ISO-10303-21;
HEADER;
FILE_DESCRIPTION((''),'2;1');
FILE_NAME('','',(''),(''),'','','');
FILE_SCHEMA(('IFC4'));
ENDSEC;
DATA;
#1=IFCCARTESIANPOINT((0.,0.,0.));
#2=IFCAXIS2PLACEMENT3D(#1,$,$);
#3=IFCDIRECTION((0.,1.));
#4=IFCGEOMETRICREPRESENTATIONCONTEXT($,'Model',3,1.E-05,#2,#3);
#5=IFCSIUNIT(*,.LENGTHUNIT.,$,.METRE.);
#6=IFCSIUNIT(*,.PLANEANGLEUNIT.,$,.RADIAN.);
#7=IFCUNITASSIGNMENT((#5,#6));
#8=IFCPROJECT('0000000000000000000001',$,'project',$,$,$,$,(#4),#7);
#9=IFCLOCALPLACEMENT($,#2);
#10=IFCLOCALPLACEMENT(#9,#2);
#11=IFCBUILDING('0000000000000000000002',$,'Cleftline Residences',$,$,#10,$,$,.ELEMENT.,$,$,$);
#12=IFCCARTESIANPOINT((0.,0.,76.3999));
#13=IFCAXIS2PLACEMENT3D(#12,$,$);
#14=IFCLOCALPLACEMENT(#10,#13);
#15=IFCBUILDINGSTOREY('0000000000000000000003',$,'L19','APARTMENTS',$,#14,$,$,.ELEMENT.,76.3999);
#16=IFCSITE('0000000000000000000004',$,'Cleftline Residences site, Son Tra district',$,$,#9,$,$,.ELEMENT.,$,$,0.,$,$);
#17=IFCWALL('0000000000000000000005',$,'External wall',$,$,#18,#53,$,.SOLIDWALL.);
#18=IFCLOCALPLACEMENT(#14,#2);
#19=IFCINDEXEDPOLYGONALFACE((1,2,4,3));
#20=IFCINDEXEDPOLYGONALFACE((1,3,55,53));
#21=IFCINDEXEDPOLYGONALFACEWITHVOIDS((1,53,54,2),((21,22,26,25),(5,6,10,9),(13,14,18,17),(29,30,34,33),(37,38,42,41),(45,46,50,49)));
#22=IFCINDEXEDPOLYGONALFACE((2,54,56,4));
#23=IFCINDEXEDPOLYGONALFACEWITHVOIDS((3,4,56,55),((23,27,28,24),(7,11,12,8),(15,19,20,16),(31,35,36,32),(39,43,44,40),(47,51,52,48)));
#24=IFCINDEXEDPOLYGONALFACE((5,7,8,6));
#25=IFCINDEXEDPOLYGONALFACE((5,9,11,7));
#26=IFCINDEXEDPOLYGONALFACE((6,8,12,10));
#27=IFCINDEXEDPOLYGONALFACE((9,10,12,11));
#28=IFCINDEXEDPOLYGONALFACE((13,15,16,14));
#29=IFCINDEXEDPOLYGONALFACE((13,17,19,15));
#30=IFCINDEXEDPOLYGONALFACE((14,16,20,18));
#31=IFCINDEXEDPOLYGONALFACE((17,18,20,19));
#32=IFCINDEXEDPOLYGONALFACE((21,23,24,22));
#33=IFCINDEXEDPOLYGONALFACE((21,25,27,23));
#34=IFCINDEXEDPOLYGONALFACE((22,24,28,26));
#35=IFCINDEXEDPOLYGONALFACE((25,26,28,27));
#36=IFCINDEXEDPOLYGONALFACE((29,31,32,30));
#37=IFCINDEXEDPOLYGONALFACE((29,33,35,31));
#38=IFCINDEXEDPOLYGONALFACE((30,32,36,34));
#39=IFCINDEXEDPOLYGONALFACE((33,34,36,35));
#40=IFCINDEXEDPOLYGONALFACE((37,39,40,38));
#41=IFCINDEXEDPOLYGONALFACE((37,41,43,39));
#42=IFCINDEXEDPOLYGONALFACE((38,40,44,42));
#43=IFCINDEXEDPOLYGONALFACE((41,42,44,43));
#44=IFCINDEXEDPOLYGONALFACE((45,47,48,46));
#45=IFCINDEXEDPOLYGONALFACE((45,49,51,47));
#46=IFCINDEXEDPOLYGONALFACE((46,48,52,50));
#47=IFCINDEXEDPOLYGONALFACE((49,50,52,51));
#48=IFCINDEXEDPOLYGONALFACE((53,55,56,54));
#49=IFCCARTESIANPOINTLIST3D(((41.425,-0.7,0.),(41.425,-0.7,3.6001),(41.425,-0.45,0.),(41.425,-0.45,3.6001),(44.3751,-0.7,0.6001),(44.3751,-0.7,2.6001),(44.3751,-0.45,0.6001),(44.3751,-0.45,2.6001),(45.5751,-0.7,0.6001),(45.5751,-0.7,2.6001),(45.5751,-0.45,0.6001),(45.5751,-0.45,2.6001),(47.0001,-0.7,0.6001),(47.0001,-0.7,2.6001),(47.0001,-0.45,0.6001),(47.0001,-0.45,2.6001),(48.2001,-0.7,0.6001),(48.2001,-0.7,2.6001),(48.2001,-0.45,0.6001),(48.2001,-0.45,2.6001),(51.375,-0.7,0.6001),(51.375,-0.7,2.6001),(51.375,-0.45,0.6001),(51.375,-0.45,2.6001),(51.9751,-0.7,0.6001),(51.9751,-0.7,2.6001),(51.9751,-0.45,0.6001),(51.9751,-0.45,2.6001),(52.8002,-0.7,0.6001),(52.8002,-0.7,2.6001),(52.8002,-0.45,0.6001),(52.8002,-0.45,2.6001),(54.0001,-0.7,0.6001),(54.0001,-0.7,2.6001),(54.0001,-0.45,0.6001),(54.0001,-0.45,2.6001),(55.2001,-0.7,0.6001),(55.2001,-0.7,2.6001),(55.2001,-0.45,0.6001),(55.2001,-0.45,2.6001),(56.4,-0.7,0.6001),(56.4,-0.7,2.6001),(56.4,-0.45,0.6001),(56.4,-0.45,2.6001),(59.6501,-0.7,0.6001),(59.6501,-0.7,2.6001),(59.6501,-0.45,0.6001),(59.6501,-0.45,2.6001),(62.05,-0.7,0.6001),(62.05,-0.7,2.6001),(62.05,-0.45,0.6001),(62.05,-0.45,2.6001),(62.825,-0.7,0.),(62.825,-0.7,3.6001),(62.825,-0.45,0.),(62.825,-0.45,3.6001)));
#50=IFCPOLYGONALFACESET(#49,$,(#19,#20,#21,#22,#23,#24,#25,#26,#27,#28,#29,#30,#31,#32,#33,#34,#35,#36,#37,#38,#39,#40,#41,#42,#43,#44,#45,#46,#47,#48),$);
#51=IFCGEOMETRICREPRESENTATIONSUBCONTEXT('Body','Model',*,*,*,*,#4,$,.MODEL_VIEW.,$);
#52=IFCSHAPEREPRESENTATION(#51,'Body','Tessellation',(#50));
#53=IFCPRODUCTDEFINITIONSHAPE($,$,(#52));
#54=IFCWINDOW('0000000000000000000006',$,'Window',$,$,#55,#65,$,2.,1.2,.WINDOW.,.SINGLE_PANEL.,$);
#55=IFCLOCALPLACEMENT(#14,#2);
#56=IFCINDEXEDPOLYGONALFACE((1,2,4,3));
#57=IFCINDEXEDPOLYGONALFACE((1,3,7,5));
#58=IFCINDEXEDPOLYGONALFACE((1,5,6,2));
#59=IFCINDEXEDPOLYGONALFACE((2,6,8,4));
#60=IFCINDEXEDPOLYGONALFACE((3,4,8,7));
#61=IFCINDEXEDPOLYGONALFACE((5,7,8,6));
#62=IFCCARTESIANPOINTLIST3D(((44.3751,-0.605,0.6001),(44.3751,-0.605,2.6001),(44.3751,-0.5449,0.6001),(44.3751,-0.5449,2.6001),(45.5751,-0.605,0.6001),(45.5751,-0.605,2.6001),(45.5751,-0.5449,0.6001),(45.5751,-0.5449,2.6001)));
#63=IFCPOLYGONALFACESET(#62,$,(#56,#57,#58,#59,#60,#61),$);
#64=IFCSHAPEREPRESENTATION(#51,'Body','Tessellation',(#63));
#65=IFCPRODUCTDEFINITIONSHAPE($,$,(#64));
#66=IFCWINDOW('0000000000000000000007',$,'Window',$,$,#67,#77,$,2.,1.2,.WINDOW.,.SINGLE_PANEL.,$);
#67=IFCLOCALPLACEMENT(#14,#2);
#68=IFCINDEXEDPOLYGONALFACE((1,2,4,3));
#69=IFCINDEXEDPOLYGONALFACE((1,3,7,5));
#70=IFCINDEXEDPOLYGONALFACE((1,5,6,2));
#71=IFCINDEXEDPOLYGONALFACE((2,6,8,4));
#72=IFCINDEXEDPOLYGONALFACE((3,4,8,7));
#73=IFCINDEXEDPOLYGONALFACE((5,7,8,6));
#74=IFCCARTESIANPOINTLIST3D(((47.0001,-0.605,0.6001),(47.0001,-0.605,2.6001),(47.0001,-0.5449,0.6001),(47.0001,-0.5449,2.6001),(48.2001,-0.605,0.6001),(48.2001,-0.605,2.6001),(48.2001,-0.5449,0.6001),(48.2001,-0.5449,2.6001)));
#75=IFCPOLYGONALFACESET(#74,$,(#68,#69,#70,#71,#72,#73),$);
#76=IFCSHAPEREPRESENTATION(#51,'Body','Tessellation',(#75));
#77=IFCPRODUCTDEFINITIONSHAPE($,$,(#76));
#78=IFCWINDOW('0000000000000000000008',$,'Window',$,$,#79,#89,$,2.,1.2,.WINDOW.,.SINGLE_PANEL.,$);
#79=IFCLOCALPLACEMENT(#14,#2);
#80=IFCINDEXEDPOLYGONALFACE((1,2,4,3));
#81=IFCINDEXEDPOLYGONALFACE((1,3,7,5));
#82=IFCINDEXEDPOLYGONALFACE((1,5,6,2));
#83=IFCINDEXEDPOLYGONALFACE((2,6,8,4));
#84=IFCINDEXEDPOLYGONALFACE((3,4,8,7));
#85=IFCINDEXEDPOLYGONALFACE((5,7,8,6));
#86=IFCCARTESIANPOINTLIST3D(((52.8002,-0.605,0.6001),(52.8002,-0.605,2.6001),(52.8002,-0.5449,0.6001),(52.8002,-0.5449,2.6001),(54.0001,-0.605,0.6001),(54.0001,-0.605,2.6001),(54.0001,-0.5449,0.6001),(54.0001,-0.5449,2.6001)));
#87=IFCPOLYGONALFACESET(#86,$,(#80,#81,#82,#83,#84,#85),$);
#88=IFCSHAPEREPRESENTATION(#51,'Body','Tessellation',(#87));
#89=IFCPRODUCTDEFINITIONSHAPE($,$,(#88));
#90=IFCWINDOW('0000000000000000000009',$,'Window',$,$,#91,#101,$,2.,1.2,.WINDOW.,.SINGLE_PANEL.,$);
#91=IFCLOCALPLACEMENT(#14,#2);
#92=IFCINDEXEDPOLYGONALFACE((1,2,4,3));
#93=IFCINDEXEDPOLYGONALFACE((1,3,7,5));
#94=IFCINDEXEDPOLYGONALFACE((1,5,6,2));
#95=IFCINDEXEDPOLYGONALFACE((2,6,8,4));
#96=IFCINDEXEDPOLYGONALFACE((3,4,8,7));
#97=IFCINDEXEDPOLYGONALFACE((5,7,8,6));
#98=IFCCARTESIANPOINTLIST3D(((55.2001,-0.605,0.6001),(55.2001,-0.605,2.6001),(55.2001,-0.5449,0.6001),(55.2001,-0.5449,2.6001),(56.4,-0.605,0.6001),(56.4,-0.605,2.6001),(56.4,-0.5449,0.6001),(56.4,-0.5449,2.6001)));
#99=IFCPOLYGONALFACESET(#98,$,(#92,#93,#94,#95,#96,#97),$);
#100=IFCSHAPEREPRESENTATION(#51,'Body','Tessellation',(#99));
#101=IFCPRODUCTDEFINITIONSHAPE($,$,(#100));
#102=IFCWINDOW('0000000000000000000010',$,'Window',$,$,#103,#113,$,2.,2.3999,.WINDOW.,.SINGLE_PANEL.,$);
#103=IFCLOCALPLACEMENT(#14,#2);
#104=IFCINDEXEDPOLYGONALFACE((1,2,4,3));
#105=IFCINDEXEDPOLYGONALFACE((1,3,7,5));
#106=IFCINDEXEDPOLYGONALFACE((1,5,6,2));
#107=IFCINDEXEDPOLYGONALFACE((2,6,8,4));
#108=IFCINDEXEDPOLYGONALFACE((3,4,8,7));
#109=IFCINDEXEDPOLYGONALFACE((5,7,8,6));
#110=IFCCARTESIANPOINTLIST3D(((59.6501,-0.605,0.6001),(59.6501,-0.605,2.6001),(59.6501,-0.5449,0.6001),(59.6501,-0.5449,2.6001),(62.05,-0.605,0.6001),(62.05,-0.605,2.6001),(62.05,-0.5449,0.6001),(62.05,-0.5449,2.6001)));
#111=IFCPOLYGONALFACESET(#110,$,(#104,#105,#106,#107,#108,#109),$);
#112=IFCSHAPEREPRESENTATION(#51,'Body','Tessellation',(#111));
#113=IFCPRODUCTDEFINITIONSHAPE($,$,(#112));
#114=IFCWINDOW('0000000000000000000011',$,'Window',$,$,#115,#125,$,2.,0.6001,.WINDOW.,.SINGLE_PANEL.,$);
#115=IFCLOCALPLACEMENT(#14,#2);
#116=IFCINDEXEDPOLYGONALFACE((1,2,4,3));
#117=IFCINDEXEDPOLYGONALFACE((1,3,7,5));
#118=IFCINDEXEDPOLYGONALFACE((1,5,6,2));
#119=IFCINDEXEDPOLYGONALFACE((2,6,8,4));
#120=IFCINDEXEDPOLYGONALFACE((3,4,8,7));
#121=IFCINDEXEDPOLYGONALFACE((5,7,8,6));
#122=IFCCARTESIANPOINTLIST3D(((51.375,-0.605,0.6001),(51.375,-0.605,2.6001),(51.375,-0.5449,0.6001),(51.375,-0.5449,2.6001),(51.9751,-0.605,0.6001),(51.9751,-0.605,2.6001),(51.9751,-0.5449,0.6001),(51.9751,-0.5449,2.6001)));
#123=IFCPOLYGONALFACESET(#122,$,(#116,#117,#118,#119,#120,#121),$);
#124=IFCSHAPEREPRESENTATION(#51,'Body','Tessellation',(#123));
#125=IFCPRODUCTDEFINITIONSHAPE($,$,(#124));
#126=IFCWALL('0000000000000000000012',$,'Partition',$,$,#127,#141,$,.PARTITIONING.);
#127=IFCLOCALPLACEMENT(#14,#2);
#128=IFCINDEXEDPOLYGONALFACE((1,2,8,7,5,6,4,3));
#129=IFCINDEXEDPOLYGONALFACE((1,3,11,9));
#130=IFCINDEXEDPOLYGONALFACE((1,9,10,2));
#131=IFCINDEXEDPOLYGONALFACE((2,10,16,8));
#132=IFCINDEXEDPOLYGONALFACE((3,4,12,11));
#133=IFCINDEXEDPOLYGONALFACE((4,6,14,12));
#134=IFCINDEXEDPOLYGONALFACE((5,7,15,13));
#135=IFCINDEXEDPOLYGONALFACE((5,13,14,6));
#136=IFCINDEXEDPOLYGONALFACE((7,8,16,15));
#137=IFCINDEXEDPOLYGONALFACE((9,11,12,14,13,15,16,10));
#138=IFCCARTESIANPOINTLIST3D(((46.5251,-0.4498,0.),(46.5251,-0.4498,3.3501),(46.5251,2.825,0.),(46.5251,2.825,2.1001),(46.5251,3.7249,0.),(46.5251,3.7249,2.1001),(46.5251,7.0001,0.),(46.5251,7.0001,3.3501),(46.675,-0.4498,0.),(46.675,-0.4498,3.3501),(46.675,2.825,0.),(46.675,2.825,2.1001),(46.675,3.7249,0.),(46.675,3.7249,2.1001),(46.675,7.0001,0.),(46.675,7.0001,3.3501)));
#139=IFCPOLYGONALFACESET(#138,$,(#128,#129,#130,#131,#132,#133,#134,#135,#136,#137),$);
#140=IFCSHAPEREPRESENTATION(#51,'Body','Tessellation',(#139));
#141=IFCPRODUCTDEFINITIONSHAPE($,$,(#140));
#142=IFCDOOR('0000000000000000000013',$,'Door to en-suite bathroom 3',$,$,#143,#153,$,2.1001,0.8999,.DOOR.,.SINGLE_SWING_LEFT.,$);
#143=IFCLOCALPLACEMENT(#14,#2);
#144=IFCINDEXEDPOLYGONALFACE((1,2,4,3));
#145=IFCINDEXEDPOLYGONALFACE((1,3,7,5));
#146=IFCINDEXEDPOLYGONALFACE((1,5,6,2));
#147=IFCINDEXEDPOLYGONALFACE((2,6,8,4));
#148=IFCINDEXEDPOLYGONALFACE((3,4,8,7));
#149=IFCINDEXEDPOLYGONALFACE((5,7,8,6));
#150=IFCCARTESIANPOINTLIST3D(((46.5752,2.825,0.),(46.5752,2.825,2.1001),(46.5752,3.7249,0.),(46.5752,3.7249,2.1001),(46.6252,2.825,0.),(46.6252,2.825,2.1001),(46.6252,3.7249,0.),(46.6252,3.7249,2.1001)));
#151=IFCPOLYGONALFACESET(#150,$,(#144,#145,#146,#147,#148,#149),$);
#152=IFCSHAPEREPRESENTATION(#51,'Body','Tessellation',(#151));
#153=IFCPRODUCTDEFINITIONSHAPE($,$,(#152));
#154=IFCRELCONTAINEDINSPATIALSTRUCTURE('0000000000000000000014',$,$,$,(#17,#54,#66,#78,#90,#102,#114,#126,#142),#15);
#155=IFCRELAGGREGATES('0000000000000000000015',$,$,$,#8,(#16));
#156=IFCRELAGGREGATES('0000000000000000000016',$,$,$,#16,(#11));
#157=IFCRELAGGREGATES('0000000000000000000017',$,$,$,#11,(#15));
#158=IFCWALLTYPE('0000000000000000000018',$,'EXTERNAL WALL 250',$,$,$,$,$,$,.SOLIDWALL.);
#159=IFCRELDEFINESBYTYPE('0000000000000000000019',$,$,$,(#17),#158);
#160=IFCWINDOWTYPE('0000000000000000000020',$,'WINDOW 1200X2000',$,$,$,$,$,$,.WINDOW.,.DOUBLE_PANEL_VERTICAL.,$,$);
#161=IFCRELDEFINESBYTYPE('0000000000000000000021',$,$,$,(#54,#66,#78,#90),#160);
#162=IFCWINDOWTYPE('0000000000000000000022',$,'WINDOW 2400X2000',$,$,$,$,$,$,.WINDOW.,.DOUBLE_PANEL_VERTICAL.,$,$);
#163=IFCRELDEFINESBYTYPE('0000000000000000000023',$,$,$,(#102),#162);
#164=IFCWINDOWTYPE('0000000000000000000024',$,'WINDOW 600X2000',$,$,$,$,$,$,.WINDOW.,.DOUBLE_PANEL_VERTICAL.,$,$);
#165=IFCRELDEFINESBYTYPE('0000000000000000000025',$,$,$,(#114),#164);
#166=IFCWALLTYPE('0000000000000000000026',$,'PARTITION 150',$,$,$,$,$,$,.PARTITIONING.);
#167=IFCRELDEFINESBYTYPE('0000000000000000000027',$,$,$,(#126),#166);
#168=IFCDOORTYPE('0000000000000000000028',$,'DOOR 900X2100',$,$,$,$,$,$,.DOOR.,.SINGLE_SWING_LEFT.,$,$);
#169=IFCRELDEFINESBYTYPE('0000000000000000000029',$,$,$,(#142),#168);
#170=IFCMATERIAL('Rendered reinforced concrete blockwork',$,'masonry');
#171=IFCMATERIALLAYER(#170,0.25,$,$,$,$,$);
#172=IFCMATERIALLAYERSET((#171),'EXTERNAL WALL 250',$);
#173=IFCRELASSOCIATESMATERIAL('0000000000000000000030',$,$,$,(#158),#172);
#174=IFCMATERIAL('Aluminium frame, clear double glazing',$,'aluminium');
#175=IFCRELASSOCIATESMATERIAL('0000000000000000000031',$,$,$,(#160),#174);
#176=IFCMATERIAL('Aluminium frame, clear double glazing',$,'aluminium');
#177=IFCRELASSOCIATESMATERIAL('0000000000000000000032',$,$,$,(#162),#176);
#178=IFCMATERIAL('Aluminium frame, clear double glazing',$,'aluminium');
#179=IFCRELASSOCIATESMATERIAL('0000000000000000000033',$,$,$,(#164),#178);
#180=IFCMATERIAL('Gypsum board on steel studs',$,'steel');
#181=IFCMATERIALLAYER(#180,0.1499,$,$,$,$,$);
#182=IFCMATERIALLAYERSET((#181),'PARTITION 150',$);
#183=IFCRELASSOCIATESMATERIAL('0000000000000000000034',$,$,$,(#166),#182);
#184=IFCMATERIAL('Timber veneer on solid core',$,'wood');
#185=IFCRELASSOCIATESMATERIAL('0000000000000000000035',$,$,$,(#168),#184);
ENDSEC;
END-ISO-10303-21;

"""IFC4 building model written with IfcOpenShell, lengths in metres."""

from ifc_helpers import new_model, si_unit, direction, frame, frame_2d, origin, place, context, subcontext, project, spatial, rectangle, extrude, material, layer, layer_set, type_object, element, fill, save


model = new_model("IFC4")

# Units and contexts
model_context = context("Model", 3, precision=1e-05, world=origin(), true_north=direction((0.0, 1.0)))
body_context = subcontext(model_context, "Body", "Model", "MODEL_VIEW")
ifc_project = project(units=[si_unit("LENGTHUNIT", "METRE"), si_unit("PLANEANGLEUNIT", "RADIAN")], contexts=[model_context])

# Site, building, storey
site_placement = place(None, origin())
site = spatial("IfcSite", under=ifc_project, at=site_placement, Name="Cleftline Residences site, Son Tra district", CompositionType="ELEMENT", RefElevation=0.0)
building_placement = place(site_placement, origin())
building = spatial("IfcBuilding", under=site, at=building_placement, Name="Cleftline Residences", CompositionType="ELEMENT")
storey_placement = place(building_placement, frame((0.0, 0.0, 76.3999)))
storey = spatial("IfcBuildingStorey", under=building, at=storey_placement, Name="L19", Description="APARTMENTS", CompositionType="ELEMENT", Elevation=76.3999)

# Wall, openings, windows
ifc_material_1 = material(Name="Rendered reinforced concrete blockwork", Category="masonry")
ifc_layer_1 = layer(ifc_material_1, 0.25)
ifc_layer_set_1 = layer_set([ifc_layer_1], Name="EXTERNAL WALL 250")
wall_type_1 = type_object("IfcWallType", Name="EXTERNAL WALL 250", PredefinedType="SOLIDWALL", material=ifc_layer_set_1)
wall_1_placement = place(storey_placement, frame((41.425, -0.575, 0.0), z_axis=(0.0, 0.0, 1.0), x_axis=(1.0, 0.0, 0.0)))
wall_1 = element("IfcWall", 1, at=wall_1_placement, inside=storey, type_object=wall_type_1, Name="External wall", PredefinedType="SOLIDWALL", context=body_context, shape_type="SweptSolid", body=[
    extrude(rectangle(XDim=21.3999, YDim=0.25, at=frame_2d((10.7, 0.0))), origin(), (0.0, 0.0, 1.0), 3.6001),
])
opening_1_placement = place(wall_1_placement, frame((2.95, 0.0, 0.6001)))
opening_1 = element("IfcOpeningElement", 2, at=opening_1_placement, cuts=wall_1, PredefinedType="OPENING", context=body_context, shape_type="SweptSolid", body=[
    extrude(rectangle(XDim=1.2, YDim=2.0, at=frame_2d((0.6001, 1.0))), frame((0.0, 0.135, 0.0), z_axis=(0.0, -1.0, 0.0), x_axis=(1.0, 0.0, 0.0)), (0.0, 0.0, 1.0), 0.27),
])
opening_2_placement = place(wall_1_placement, frame((5.575, 0.0, 0.6001)))
opening_2 = element("IfcOpeningElement", 3, at=opening_2_placement, cuts=wall_1, PredefinedType="OPENING", context=body_context, shape_type="SweptSolid", body=[
    extrude(rectangle(XDim=1.2, YDim=2.0, at=frame_2d((0.6001, 1.0))), frame((0.0, 0.135, 0.0), z_axis=(0.0, -1.0, 0.0), x_axis=(1.0, 0.0, 0.0)), (0.0, 0.0, 1.0), 0.27),
])
opening_3_placement = place(wall_1_placement, frame((9.95, 0.0, 0.6001)))
opening_3 = element("IfcOpeningElement", 4, at=opening_3_placement, cuts=wall_1, PredefinedType="OPENING", context=body_context, shape_type="SweptSolid", body=[
    extrude(rectangle(XDim=0.6001, YDim=2.0, at=frame_2d((0.3, 1.0))), frame((0.0, 0.135, 0.0), z_axis=(0.0, -1.0, 0.0), x_axis=(1.0, 0.0, 0.0)), (0.0, 0.0, 1.0), 0.27),
])
opening_4_placement = place(wall_1_placement, frame((11.375, 0.0, 0.6001)))
opening_4 = element("IfcOpeningElement", 5, at=opening_4_placement, cuts=wall_1, PredefinedType="OPENING", context=body_context, shape_type="SweptSolid", body=[
    extrude(rectangle(XDim=1.2, YDim=2.0, at=frame_2d((0.6001, 1.0))), frame((0.0, 0.135, 0.0), z_axis=(0.0, -1.0, 0.0), x_axis=(1.0, 0.0, 0.0)), (0.0, 0.0, 1.0), 0.27),
])
opening_5_placement = place(wall_1_placement, frame((13.7749, 0.0, 0.6001)))
opening_5 = element("IfcOpeningElement", 6, at=opening_5_placement, cuts=wall_1, PredefinedType="OPENING", context=body_context, shape_type="SweptSolid", body=[
    extrude(rectangle(XDim=1.2, YDim=2.0, at=frame_2d((0.6001, 1.0))), frame((0.0, 0.135, 0.0), z_axis=(0.0, -1.0, 0.0), x_axis=(1.0, 0.0, 0.0)), (0.0, 0.0, 1.0), 0.27),
])
opening_6_placement = place(wall_1_placement, frame((18.2251, 0.0, 0.6001)))
opening_6 = element("IfcOpeningElement", 7, at=opening_6_placement, cuts=wall_1, PredefinedType="OPENING", context=body_context, shape_type="SweptSolid", body=[
    extrude(rectangle(XDim=2.3999, YDim=2.0, at=frame_2d((1.2, 1.0))), frame((0.0, 0.135, 0.0), z_axis=(0.0, -1.0, 0.0), x_axis=(1.0, 0.0, 0.0)), (0.0, 0.0, 1.0), 0.27),
])
ifc_material_2 = material(Name="Aluminium frame, clear double glazing", Category="aluminium")
window_type_1 = type_object("IfcWindowType", Name="WINDOW 1200X2000", PartitioningType="DOUBLE_PANEL_VERTICAL", PredefinedType="WINDOW", material=ifc_material_2)
window_1_placement = place(opening_1_placement, origin())
window_1 = element("IfcWindow", 8, at=window_1_placement, inside=storey, type_object=window_type_1, Name="Window", OverallHeight=2.0, OverallWidth=1.2, PartitioningType="SINGLE_PANEL", PredefinedType="WINDOW", context=body_context, shape_type="SweptSolid", body=[
    extrude(rectangle(XDim=1.2, YDim=2.0, at=frame_2d((0.6001, 1.0))), frame((0.0, 0.03, 0.0), z_axis=(0.0, -1.0, 0.0), x_axis=(1.0, 0.0, 0.0)), (0.0, 0.0, 1.0), 0.0601),
])
fill(opening_1, window_1)
window_2_placement = place(opening_2_placement, origin())
window_2 = element("IfcWindow", 9, at=window_2_placement, inside=storey, type_object=window_type_1, Name="Window", OverallHeight=2.0, OverallWidth=1.2, PartitioningType="SINGLE_PANEL", PredefinedType="WINDOW", context=body_context, shape_type="SweptSolid", body=[
    extrude(rectangle(XDim=1.2, YDim=2.0, at=frame_2d((0.6001, 1.0))), frame((0.0, 0.03, 0.0), z_axis=(0.0, -1.0, 0.0), x_axis=(1.0, 0.0, 0.0)), (0.0, 0.0, 1.0), 0.0601),
])
fill(opening_2, window_2)
window_3_placement = place(opening_4_placement, origin())
window_3 = element("IfcWindow", 10, at=window_3_placement, inside=storey, type_object=window_type_1, Name="Window", OverallHeight=2.0, OverallWidth=1.2, PartitioningType="SINGLE_PANEL", PredefinedType="WINDOW", context=body_context, shape_type="SweptSolid", body=[
    extrude(rectangle(XDim=1.2, YDim=2.0, at=frame_2d((0.6001, 1.0))), frame((0.0, 0.03, 0.0), z_axis=(0.0, -1.0, 0.0), x_axis=(1.0, 0.0, 0.0)), (0.0, 0.0, 1.0), 0.0601),
])
fill(opening_4, window_3)
window_4_placement = place(opening_5_placement, origin())
window_4 = element("IfcWindow", 11, at=window_4_placement, inside=storey, type_object=window_type_1, Name="Window", OverallHeight=2.0, OverallWidth=1.2, PartitioningType="SINGLE_PANEL", PredefinedType="WINDOW", context=body_context, shape_type="SweptSolid", body=[
    extrude(rectangle(XDim=1.2, YDim=2.0, at=frame_2d((0.6001, 1.0))), frame((0.0, 0.03, 0.0), z_axis=(0.0, -1.0, 0.0), x_axis=(1.0, 0.0, 0.0)), (0.0, 0.0, 1.0), 0.0601),
])
fill(opening_5, window_4)
ifc_material_3 = material(Name="Aluminium frame, clear double glazing", Category="aluminium")
window_type_2 = type_object("IfcWindowType", Name="WINDOW 2400X2000", PartitioningType="DOUBLE_PANEL_VERTICAL", PredefinedType="WINDOW", material=ifc_material_3)
window_5_placement = place(opening_6_placement, origin())
window_5 = element("IfcWindow", 12, at=window_5_placement, inside=storey, type_object=window_type_2, Name="Window", OverallHeight=2.0, OverallWidth=2.3999, PartitioningType="SINGLE_PANEL", PredefinedType="WINDOW", context=body_context, shape_type="SweptSolid", body=[
    extrude(rectangle(XDim=2.3999, YDim=2.0, at=frame_2d((1.2, 1.0))), frame((0.0, 0.03, 0.0), z_axis=(0.0, -1.0, 0.0), x_axis=(1.0, 0.0, 0.0)), (0.0, 0.0, 1.0), 0.0601),
])
fill(opening_6, window_5)
ifc_material_4 = material(Name="Aluminium frame, clear double glazing", Category="aluminium")
window_type_3 = type_object("IfcWindowType", Name="WINDOW 600X2000", PartitioningType="DOUBLE_PANEL_VERTICAL", PredefinedType="WINDOW", material=ifc_material_4)
window_6_placement = place(opening_3_placement, origin())
window_6 = element("IfcWindow", 13, at=window_6_placement, inside=storey, type_object=window_type_3, Name="Window", OverallHeight=2.0, OverallWidth=0.6001, PartitioningType="SINGLE_PANEL", PredefinedType="WINDOW", context=body_context, shape_type="SweptSolid", body=[
    extrude(rectangle(XDim=0.6001, YDim=2.0, at=frame_2d((0.3, 1.0))), frame((0.0, 0.03, 0.0), z_axis=(0.0, -1.0, 0.0), x_axis=(1.0, 0.0, 0.0)), (0.0, 0.0, 1.0), 0.0601),
])
fill(opening_3, window_6)

# Wall, opening, door
ifc_material_5 = material(Name="Gypsum board on steel studs", Category="steel")
ifc_layer_2 = layer(ifc_material_5, 0.1499)
ifc_layer_set_2 = layer_set([ifc_layer_2], Name="PARTITION 150")
wall_type_2 = type_object("IfcWallType", Name="PARTITION 150", PredefinedType="PARTITIONING", material=ifc_layer_set_2)
wall_2_placement = place(storey_placement, frame((46.6001, -0.45, 0.0), z_axis=(0.0, 0.0, 1.0), x_axis=(0.0, 1.0, 0.0)))
wall_2 = element("IfcWall", 14, at=wall_2_placement, inside=storey, type_object=wall_type_2, Name="Partition", PredefinedType="PARTITIONING", context=body_context, shape_type="SweptSolid", body=[
    extrude(rectangle(XDim=7.45, YDim=0.1499, at=frame_2d((3.7251, 0.0))), origin(), (0.0, 0.0, 1.0), 3.3501),
])
opening_7_placement = place(wall_2_placement, frame((3.2749, 0.0, 0.0)))
opening_7 = element("IfcOpeningElement", 15, at=opening_7_placement, cuts=wall_2, PredefinedType="OPENING", context=body_context, shape_type="SweptSolid", body=[
    extrude(rectangle(XDim=0.8999, YDim=2.1001, at=frame_2d((0.45, 1.05))), frame((0.0, 0.085, 0.0), z_axis=(0.0, -1.0, 0.0), x_axis=(1.0, 0.0, 0.0)), (0.0, 0.0, 1.0), 0.1699),
])
ifc_material_6 = material(Name="Timber veneer on solid core", Category="wood")
door_type = type_object("IfcDoorType", Name="DOOR 900X2100", OperationType="SINGLE_SWING_LEFT", PredefinedType="DOOR", material=ifc_material_6)
door_placement = place(opening_7_placement, origin())
door = element("IfcDoor", 16, at=door_placement, inside=storey, type_object=door_type, Name="Door to en-suite bathroom 3", OperationType="SINGLE_SWING_LEFT", OverallHeight=2.1001, OverallWidth=0.8999, PredefinedType="DOOR", context=body_context, shape_type="SweptSolid", body=[
    extrude(rectangle(XDim=0.8999, YDim=2.1001, at=frame_2d((0.45, 1.05))), frame((0.0, 0.0249, 0.0), z_axis=(0.0, -1.0, 0.0), x_axis=(1.0, 0.0, 0.0)), (0.0, 0.0, 1.0), 0.05),
])
fill(opening_7, door)

save(model, "model.ifc")
